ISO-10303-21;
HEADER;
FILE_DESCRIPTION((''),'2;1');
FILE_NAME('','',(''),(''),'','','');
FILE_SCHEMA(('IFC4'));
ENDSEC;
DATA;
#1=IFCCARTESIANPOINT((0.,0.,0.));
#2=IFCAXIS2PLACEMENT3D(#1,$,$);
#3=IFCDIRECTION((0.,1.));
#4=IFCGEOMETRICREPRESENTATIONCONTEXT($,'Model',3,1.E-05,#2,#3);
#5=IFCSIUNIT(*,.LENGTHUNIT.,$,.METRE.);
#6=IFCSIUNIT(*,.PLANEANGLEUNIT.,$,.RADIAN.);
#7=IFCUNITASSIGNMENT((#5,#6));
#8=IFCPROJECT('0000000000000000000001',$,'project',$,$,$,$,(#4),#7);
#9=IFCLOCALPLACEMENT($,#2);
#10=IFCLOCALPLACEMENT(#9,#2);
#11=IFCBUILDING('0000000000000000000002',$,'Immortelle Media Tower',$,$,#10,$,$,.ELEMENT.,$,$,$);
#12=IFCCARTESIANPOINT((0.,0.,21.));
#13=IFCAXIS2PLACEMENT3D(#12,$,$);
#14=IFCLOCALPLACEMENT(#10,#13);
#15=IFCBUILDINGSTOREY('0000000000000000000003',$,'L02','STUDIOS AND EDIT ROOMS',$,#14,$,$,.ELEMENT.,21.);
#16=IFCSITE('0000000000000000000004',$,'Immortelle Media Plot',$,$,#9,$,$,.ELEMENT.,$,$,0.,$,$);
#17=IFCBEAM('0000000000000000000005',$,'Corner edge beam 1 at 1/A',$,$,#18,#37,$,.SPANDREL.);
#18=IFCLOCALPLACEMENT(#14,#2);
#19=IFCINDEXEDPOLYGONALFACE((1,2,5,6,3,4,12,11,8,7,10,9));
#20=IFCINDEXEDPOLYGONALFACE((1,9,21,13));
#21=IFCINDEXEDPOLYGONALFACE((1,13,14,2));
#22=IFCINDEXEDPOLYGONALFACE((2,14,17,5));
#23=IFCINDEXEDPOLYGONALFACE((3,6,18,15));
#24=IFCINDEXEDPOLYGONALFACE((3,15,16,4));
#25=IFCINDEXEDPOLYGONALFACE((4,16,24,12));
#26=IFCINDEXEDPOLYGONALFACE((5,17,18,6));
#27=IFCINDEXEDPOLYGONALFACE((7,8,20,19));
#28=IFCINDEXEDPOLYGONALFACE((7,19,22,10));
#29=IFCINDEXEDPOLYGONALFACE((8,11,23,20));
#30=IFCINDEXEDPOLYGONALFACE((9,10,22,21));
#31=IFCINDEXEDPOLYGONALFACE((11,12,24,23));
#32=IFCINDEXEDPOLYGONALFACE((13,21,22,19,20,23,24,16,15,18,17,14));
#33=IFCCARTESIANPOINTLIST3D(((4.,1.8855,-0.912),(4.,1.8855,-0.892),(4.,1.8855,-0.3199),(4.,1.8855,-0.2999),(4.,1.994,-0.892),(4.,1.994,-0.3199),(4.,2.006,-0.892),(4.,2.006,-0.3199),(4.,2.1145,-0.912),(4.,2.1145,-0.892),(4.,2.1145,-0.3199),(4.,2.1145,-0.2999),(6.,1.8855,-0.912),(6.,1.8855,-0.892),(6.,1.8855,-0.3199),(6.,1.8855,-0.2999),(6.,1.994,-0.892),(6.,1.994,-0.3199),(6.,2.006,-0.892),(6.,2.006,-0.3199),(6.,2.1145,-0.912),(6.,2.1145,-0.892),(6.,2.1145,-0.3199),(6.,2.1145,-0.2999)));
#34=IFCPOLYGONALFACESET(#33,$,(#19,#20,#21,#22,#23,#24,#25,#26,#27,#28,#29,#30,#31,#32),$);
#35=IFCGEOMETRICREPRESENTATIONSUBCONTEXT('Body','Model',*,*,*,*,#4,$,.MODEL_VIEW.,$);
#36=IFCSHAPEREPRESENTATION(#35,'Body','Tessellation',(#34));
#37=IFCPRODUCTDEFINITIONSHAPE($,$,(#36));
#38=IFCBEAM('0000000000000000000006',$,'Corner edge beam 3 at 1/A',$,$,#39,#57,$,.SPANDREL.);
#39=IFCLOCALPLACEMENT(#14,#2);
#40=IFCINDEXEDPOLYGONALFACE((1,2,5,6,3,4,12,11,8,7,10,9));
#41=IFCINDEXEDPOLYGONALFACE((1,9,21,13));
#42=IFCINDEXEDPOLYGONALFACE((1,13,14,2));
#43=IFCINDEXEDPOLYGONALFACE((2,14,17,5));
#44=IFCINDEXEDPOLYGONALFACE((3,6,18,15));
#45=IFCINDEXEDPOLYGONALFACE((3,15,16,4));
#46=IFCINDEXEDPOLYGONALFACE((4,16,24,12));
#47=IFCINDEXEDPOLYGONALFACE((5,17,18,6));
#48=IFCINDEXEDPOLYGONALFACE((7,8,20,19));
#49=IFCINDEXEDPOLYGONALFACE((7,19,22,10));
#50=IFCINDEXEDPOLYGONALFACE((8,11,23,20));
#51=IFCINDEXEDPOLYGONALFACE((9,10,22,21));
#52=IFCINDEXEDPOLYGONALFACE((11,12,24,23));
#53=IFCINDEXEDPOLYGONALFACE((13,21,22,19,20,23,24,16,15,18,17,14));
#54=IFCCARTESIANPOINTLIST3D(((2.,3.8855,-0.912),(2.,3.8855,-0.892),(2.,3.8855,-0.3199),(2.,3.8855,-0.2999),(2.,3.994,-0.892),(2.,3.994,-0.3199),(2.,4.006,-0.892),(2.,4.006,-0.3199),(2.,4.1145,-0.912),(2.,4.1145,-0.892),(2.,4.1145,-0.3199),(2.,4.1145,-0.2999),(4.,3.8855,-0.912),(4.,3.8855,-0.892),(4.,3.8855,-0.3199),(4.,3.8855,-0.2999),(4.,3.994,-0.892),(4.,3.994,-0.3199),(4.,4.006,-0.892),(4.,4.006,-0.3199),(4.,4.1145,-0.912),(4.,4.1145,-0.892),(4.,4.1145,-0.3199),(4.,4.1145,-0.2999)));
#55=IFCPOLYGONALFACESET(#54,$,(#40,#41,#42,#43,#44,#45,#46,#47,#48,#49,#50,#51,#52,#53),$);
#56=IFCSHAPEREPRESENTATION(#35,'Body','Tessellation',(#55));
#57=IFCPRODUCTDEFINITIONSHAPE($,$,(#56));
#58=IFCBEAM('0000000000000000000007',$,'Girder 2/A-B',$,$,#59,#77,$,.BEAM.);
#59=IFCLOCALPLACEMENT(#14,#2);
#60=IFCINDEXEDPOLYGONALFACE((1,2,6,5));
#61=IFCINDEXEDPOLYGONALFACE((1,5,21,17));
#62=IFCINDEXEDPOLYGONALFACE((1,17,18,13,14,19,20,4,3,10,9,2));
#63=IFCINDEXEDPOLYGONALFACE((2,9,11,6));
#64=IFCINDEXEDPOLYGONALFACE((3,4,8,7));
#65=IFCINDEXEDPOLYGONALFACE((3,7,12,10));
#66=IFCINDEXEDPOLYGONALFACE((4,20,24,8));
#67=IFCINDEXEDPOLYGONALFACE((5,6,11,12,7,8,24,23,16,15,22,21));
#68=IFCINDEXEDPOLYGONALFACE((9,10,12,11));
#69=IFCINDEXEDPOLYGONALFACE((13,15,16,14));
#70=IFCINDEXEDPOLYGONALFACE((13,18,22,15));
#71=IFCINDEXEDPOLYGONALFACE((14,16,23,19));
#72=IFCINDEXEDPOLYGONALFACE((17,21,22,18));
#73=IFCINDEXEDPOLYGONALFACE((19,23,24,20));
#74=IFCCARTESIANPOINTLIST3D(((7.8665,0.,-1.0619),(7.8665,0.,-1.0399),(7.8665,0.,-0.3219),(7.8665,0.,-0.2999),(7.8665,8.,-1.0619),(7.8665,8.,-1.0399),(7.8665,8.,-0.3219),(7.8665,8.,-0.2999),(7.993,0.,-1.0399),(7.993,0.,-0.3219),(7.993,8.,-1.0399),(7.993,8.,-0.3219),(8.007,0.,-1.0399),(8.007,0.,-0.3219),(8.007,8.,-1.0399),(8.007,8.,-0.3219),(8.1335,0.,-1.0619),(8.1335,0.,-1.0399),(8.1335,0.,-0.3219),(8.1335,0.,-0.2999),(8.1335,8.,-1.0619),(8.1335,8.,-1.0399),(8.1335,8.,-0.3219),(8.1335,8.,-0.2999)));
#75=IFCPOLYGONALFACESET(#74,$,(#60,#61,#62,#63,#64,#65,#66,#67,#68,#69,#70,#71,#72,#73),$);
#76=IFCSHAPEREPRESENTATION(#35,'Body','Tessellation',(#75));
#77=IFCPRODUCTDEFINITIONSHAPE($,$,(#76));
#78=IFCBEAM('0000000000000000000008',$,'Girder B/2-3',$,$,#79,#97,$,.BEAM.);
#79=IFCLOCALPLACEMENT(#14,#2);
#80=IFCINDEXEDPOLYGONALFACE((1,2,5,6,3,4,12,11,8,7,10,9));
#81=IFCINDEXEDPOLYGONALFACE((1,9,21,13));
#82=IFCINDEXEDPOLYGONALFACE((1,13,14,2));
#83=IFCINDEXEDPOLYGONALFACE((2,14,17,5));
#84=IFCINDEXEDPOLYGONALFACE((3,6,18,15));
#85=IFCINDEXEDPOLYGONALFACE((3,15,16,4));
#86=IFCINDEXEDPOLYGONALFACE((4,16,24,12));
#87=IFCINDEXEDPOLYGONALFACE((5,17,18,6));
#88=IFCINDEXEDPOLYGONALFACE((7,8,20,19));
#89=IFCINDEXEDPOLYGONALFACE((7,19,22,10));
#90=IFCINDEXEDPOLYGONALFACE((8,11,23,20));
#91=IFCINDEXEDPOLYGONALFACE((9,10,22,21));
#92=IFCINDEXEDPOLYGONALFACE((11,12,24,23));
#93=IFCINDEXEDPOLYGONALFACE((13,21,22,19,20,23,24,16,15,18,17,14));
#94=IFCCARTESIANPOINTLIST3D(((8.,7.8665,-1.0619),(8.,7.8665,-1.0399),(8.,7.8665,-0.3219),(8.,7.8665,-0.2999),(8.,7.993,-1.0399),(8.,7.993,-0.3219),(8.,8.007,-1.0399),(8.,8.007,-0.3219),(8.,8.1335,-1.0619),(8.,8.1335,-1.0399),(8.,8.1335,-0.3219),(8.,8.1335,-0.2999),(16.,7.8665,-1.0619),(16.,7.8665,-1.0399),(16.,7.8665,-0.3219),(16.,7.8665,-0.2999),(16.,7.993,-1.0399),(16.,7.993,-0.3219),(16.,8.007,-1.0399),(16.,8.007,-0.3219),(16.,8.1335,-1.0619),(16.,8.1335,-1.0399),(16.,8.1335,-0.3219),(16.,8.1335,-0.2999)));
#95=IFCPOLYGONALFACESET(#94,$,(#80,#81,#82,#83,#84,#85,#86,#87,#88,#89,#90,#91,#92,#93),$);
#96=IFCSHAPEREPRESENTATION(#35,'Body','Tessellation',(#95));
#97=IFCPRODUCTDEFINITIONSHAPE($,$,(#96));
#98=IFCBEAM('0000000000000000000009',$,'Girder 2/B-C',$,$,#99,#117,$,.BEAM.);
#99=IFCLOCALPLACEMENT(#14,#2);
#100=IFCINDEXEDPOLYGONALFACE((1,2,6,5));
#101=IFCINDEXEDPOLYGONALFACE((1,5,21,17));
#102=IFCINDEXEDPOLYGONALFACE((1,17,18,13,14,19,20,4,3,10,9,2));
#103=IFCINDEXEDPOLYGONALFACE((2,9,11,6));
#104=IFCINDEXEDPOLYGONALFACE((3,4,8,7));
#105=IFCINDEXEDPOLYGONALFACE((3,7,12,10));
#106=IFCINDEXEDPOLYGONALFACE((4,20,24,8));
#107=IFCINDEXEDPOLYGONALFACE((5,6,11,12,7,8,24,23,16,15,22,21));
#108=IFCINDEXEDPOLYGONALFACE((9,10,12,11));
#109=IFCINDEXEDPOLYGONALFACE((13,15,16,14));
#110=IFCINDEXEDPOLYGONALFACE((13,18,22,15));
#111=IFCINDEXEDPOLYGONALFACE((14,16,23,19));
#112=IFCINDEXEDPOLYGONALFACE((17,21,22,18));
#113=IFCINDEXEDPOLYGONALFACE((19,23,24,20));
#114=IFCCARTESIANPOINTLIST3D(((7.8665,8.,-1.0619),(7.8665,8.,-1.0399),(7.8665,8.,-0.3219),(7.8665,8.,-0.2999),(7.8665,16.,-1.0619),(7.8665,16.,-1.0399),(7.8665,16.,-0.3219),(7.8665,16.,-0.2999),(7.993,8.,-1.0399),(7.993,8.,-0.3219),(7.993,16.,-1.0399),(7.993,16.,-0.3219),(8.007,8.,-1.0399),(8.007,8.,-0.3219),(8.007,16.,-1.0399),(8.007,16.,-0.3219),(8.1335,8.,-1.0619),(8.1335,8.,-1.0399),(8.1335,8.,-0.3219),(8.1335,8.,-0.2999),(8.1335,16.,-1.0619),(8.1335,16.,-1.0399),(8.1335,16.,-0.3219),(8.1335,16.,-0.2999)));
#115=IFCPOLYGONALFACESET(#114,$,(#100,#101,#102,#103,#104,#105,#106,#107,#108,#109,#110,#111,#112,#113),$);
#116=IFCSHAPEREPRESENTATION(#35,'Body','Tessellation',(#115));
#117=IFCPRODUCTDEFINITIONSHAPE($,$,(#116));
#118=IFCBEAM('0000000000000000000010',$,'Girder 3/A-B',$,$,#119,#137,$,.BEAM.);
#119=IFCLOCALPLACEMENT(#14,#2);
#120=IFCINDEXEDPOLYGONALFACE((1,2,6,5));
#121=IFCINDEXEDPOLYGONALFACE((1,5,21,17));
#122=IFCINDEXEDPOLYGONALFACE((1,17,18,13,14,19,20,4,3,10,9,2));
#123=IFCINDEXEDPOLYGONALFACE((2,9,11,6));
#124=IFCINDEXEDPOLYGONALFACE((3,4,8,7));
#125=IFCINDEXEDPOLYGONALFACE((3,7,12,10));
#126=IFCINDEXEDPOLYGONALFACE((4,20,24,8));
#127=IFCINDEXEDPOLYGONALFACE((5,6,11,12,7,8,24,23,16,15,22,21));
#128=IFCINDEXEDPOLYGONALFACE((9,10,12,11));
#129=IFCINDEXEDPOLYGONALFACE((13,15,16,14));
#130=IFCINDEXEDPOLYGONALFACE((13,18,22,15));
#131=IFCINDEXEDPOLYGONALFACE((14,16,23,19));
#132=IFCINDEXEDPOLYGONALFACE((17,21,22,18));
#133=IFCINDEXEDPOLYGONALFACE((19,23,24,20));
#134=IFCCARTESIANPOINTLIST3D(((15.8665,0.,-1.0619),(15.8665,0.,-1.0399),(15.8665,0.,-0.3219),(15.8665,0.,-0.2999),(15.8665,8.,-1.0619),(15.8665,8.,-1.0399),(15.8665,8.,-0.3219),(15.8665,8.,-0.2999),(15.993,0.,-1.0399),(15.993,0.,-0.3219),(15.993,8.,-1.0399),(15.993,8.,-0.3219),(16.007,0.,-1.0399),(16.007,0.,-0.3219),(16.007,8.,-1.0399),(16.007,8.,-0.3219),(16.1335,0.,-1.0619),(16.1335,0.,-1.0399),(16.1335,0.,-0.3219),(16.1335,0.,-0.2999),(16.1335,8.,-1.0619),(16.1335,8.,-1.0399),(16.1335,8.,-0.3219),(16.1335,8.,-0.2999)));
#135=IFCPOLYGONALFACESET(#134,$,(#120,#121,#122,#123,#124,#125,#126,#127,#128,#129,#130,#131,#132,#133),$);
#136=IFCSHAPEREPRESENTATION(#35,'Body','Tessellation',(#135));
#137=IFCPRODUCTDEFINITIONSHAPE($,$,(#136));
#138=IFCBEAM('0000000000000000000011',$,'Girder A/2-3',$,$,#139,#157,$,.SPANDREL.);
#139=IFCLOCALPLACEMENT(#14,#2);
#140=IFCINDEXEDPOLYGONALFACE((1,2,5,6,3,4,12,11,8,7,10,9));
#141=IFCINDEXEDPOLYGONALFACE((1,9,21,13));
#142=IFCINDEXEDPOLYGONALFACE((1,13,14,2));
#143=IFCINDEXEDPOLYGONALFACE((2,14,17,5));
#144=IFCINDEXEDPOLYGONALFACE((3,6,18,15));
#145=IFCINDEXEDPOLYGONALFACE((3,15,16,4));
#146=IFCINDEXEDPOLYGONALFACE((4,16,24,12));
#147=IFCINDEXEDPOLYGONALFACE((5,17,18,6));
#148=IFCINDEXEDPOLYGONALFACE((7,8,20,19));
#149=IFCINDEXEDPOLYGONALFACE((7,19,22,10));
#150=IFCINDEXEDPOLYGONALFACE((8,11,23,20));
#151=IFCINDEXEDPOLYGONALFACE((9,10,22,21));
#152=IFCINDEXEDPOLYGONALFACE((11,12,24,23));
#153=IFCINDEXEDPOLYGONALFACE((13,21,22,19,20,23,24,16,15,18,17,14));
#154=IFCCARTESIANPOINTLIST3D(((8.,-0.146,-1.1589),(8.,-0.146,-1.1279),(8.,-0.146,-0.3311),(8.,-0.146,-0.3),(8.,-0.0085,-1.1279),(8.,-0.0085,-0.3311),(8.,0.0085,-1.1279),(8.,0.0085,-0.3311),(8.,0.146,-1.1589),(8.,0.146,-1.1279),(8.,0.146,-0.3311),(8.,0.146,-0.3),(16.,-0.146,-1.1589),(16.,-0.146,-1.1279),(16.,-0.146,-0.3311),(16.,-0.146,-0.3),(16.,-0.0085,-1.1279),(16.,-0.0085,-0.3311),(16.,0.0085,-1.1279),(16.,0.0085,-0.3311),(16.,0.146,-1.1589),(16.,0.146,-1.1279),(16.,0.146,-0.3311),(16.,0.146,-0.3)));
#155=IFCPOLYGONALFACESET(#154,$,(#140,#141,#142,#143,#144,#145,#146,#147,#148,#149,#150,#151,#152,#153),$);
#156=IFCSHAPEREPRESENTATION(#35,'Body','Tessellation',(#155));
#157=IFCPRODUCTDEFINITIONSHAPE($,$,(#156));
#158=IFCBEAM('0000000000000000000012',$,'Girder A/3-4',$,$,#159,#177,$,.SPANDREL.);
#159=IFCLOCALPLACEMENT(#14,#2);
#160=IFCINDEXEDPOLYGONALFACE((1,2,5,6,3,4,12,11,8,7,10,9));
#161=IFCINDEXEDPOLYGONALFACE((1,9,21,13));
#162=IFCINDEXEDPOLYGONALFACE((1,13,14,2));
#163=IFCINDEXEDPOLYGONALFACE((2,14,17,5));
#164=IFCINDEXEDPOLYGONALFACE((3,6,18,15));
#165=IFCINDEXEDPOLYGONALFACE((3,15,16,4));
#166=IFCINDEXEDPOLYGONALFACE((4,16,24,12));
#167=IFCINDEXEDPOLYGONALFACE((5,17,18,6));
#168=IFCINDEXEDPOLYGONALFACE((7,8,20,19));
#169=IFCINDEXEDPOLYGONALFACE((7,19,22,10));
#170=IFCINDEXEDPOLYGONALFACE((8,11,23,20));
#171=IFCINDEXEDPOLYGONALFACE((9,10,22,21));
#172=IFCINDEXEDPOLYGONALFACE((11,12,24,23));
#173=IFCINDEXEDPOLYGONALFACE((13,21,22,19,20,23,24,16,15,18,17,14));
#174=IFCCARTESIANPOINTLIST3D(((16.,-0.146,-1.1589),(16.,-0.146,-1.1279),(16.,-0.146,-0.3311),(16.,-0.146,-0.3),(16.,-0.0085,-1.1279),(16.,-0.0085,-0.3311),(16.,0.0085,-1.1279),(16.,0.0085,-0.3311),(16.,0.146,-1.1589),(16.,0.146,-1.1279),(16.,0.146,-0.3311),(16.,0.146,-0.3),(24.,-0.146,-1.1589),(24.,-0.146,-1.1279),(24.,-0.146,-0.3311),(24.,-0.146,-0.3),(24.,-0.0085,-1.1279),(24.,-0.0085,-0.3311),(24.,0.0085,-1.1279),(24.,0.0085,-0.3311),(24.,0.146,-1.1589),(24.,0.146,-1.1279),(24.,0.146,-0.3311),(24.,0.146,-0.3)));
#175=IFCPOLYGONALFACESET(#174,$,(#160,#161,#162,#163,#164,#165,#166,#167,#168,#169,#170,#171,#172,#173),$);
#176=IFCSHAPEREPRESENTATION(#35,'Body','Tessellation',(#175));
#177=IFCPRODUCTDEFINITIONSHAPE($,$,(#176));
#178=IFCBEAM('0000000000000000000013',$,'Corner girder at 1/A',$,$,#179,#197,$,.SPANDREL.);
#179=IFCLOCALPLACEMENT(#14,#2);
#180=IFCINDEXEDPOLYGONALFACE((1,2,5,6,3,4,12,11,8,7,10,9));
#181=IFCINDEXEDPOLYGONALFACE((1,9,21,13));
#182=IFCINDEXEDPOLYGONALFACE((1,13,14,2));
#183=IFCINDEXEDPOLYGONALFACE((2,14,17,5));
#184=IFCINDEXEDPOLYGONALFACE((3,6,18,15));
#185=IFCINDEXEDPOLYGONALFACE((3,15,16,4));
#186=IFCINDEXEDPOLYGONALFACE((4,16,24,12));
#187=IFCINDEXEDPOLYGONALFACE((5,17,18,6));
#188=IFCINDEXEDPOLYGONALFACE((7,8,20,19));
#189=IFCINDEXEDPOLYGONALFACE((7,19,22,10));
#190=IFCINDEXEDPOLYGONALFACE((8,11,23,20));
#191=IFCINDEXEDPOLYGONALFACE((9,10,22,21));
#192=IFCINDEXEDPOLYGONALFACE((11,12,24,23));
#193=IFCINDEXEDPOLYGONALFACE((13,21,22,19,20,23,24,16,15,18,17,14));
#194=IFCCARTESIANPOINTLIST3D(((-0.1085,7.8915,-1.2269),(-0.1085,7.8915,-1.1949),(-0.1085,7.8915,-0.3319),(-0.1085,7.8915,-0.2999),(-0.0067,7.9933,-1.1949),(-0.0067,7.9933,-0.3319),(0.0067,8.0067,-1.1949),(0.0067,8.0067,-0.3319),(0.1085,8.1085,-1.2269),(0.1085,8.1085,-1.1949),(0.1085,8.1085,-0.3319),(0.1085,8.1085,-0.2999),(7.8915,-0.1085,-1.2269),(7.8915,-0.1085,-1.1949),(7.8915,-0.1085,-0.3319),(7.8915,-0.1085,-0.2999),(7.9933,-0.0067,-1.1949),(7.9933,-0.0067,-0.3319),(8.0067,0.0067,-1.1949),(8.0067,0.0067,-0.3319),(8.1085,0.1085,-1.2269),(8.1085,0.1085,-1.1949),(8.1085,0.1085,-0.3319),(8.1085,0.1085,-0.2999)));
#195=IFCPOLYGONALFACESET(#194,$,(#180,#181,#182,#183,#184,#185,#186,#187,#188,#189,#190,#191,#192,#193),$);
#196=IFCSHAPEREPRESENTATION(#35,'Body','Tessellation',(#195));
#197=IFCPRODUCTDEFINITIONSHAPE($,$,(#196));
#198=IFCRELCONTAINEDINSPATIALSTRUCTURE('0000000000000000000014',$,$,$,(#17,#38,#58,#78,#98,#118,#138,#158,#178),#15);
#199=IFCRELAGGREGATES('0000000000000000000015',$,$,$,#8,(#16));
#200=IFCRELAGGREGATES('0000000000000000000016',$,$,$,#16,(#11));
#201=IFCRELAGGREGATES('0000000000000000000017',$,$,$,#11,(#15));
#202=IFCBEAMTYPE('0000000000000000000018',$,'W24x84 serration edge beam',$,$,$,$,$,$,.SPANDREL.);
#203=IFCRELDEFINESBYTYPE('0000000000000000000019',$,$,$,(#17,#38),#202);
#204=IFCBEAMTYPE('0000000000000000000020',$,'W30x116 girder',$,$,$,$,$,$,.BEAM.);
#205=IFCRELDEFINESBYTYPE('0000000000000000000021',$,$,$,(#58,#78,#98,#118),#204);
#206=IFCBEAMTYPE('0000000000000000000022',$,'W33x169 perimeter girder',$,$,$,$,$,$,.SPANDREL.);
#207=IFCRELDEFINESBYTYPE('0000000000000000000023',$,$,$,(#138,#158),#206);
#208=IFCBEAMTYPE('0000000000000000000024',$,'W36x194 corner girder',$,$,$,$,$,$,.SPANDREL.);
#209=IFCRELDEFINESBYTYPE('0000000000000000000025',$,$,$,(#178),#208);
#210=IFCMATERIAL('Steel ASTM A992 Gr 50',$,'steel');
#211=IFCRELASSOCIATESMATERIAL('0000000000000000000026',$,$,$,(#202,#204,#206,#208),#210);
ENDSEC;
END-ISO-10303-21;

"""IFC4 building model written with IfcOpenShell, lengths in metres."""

from ifc_helpers import new_model, si_unit, direction, frame, origin, origin_2d, place, context, subcontext, project, spatial, i_section, extrude, material, material_profile, profile_set, type_object, element, save


model = new_model("IFC4")

# Units and contexts
model_context = context("Model", 3, precision=1e-05, world=origin(), true_north=direction((0.0, 1.0)))
body_context = subcontext(model_context, "Body", "Model", "MODEL_VIEW")
ifc_project = project(units=[si_unit("LENGTHUNIT", "METRE"), si_unit("PLANEANGLEUNIT", "RADIAN")], contexts=[model_context])

# Site, building, storey
site_placement = place(None, origin())
site = spatial("IfcSite", under=ifc_project, at=site_placement, Name="Immortelle Media Plot", CompositionType="ELEMENT", RefElevation=0.0)
building_placement = place(site_placement, origin())
building = spatial("IfcBuilding", under=site, at=building_placement, Name="Immortelle Media Tower", CompositionType="ELEMENT")
storey_placement = place(building_placement, frame((0.0, 0.0, 21.0)))
storey = spatial("IfcBuildingStorey", under=building, at=storey_placement, Name="L02", Description="STUDIOS AND EDIT ROOMS", CompositionType="ELEMENT", Elevation=21.0)

# Shared definitions
ifc_material_1 = material(Name="Steel ASTM A992 Gr 50", Category="steel")

# Beams
ifc_material_profile_1 = material_profile(ifc_material_1, i_section(OverallWidth=0.229, OverallDepth=0.6121, WebThickness=0.012, FlangeThickness=0.02, at=origin_2d()), Name="W24x84")
ifc_profile_set_1 = profile_set([ifc_material_profile_1], Name="Steel ASTM A992 Gr 50")
beam_type_1 = type_object("IfcBeamType", Name="W24x84 serration edge beam", PredefinedType="SPANDREL", material=ifc_profile_set_1)
for number, where, z_axis, x_axis, name in (
    (1, (6.0, 2.0, -0.606), (-1.0, 0.0, 0.0), (0.0, -1.0, 0.0), "Corner edge beam 1 at 1/A"),
    (2, (4.0, 4.0, -0.606), (-1.0, 0.0, 0.0), (0.0, -1.0, 0.0), "Corner edge beam 3 at 1/A"),
):
    element("IfcBeam", number, at=place(storey_placement, frame(where, z_axis=z_axis, x_axis=x_axis)), inside=storey, type_object=beam_type_1, Name=name, PredefinedType="SPANDREL", context=body_context, shape_type="SweptSolid", body=[
        extrude(i_section(OverallWidth=0.229, OverallDepth=0.6121, WebThickness=0.012, FlangeThickness=0.02, at=origin_2d()), origin(), (0.0, 0.0, 1.0), 2.0),
    ])
ifc_material_profile_2 = material_profile(ifc_material_1, i_section(OverallWidth=0.2671, OverallDepth=0.762, WebThickness=0.0139, FlangeThickness=0.022, at=origin_2d()), Name="W30x116")
ifc_profile_set_2 = profile_set([ifc_material_profile_2], Name="Steel ASTM A992 Gr 50")
beam_type_2 = type_object("IfcBeamType", Name="W30x116 girder", PredefinedType="BEAM", material=ifc_profile_set_2)
for number, where, z_axis, x_axis, name in (
    (3, (8.0, 0.0, -0.6809), (0.0, 1.0, 0.0), (-1.0, 0.0, 0.0), "Girder 2/A-B"),
    (4, (8.0, 8.0, -0.6809), (1.0, 0.0, 0.0), (0.0, 1.0, 0.0), "Girder B/2-3"),
    (5, (8.0, 8.0, -0.6809), (0.0, 1.0, 0.0), (-1.0, 0.0, 0.0), "Girder 2/B-C"),
    (6, (16.0, 0.0, -0.6809), (0.0, 1.0, 0.0), (-1.0, 0.0, 0.0), "Girder 3/A-B"),
):
    element("IfcBeam", number, at=place(storey_placement, frame(where, z_axis=z_axis, x_axis=x_axis)), inside=storey, type_object=beam_type_2, Name=name, PredefinedType="BEAM", context=body_context, shape_type="SweptSolid", body=[
        extrude(i_section(OverallWidth=0.2671, OverallDepth=0.762, WebThickness=0.0139, FlangeThickness=0.022, at=origin_2d()), origin(), (0.0, 0.0, 1.0), 8.0),
    ])
ifc_material_profile_3 = material_profile(ifc_material_1, i_section(OverallWidth=0.292, OverallDepth=0.8589, WebThickness=0.0171, FlangeThickness=0.031, at=origin_2d()), Name="W33x169")
ifc_profile_set_3 = profile_set([ifc_material_profile_3], Name="Steel ASTM A992 Gr 50")
beam_type_3 = type_object("IfcBeamType", Name="W33x169 perimeter girder", PredefinedType="SPANDREL", material=ifc_profile_set_3)
for number, where, z_axis, x_axis, name in (
    (7, (8.0, 0.0, -0.7295), (1.0, 0.0, 0.0), (0.0, 1.0, 0.0), "Girder A/2-3"),
    (8, (16.0, 0.0, -0.7295), (1.0, 0.0, 0.0), (0.0, 1.0, 0.0), "Girder A/3-4"),
):
    element("IfcBeam", number, at=place(storey_placement, frame(where, z_axis=z_axis, x_axis=x_axis)), inside=storey, type_object=beam_type_3, Name=name, PredefinedType="SPANDREL", context=body_context, shape_type="SweptSolid", body=[
        extrude(i_section(OverallWidth=0.292, OverallDepth=0.8589, WebThickness=0.0171, FlangeThickness=0.031, at=origin_2d()), origin(), (0.0, 0.0, 1.0), 8.0),
    ])
ifc_material_profile_4 = material_profile(ifc_material_1, i_section(OverallWidth=0.3069, OverallDepth=0.927, WebThickness=0.019, FlangeThickness=0.032, at=origin_2d()), Name="W36x194")
ifc_profile_set_4 = profile_set([ifc_material_profile_4], Name="Steel ASTM A992 Gr 50")
beam_type_4 = type_object("IfcBeamType", Name="W36x194 corner girder", PredefinedType="SPANDREL", material=ifc_profile_set_4)
beam_placement = place(storey_placement, frame((8.0, 0.0, -0.7634), z_axis=(-0.707107, 0.707107, 0.0), x_axis=(-0.707107, -0.707107, 0.0)))
element("IfcBeam", 9, at=beam_placement, inside=storey, type_object=beam_type_4, Name="Corner girder at 1/A", PredefinedType="SPANDREL", context=body_context, shape_type="SweptSolid", body=[
    extrude(i_section(OverallWidth=0.3069, OverallDepth=0.927, WebThickness=0.019, FlangeThickness=0.032, at=origin_2d()), origin(), (0.0, 0.0, 1.0), 11.3137),
])

save(model, "model.ifc")
